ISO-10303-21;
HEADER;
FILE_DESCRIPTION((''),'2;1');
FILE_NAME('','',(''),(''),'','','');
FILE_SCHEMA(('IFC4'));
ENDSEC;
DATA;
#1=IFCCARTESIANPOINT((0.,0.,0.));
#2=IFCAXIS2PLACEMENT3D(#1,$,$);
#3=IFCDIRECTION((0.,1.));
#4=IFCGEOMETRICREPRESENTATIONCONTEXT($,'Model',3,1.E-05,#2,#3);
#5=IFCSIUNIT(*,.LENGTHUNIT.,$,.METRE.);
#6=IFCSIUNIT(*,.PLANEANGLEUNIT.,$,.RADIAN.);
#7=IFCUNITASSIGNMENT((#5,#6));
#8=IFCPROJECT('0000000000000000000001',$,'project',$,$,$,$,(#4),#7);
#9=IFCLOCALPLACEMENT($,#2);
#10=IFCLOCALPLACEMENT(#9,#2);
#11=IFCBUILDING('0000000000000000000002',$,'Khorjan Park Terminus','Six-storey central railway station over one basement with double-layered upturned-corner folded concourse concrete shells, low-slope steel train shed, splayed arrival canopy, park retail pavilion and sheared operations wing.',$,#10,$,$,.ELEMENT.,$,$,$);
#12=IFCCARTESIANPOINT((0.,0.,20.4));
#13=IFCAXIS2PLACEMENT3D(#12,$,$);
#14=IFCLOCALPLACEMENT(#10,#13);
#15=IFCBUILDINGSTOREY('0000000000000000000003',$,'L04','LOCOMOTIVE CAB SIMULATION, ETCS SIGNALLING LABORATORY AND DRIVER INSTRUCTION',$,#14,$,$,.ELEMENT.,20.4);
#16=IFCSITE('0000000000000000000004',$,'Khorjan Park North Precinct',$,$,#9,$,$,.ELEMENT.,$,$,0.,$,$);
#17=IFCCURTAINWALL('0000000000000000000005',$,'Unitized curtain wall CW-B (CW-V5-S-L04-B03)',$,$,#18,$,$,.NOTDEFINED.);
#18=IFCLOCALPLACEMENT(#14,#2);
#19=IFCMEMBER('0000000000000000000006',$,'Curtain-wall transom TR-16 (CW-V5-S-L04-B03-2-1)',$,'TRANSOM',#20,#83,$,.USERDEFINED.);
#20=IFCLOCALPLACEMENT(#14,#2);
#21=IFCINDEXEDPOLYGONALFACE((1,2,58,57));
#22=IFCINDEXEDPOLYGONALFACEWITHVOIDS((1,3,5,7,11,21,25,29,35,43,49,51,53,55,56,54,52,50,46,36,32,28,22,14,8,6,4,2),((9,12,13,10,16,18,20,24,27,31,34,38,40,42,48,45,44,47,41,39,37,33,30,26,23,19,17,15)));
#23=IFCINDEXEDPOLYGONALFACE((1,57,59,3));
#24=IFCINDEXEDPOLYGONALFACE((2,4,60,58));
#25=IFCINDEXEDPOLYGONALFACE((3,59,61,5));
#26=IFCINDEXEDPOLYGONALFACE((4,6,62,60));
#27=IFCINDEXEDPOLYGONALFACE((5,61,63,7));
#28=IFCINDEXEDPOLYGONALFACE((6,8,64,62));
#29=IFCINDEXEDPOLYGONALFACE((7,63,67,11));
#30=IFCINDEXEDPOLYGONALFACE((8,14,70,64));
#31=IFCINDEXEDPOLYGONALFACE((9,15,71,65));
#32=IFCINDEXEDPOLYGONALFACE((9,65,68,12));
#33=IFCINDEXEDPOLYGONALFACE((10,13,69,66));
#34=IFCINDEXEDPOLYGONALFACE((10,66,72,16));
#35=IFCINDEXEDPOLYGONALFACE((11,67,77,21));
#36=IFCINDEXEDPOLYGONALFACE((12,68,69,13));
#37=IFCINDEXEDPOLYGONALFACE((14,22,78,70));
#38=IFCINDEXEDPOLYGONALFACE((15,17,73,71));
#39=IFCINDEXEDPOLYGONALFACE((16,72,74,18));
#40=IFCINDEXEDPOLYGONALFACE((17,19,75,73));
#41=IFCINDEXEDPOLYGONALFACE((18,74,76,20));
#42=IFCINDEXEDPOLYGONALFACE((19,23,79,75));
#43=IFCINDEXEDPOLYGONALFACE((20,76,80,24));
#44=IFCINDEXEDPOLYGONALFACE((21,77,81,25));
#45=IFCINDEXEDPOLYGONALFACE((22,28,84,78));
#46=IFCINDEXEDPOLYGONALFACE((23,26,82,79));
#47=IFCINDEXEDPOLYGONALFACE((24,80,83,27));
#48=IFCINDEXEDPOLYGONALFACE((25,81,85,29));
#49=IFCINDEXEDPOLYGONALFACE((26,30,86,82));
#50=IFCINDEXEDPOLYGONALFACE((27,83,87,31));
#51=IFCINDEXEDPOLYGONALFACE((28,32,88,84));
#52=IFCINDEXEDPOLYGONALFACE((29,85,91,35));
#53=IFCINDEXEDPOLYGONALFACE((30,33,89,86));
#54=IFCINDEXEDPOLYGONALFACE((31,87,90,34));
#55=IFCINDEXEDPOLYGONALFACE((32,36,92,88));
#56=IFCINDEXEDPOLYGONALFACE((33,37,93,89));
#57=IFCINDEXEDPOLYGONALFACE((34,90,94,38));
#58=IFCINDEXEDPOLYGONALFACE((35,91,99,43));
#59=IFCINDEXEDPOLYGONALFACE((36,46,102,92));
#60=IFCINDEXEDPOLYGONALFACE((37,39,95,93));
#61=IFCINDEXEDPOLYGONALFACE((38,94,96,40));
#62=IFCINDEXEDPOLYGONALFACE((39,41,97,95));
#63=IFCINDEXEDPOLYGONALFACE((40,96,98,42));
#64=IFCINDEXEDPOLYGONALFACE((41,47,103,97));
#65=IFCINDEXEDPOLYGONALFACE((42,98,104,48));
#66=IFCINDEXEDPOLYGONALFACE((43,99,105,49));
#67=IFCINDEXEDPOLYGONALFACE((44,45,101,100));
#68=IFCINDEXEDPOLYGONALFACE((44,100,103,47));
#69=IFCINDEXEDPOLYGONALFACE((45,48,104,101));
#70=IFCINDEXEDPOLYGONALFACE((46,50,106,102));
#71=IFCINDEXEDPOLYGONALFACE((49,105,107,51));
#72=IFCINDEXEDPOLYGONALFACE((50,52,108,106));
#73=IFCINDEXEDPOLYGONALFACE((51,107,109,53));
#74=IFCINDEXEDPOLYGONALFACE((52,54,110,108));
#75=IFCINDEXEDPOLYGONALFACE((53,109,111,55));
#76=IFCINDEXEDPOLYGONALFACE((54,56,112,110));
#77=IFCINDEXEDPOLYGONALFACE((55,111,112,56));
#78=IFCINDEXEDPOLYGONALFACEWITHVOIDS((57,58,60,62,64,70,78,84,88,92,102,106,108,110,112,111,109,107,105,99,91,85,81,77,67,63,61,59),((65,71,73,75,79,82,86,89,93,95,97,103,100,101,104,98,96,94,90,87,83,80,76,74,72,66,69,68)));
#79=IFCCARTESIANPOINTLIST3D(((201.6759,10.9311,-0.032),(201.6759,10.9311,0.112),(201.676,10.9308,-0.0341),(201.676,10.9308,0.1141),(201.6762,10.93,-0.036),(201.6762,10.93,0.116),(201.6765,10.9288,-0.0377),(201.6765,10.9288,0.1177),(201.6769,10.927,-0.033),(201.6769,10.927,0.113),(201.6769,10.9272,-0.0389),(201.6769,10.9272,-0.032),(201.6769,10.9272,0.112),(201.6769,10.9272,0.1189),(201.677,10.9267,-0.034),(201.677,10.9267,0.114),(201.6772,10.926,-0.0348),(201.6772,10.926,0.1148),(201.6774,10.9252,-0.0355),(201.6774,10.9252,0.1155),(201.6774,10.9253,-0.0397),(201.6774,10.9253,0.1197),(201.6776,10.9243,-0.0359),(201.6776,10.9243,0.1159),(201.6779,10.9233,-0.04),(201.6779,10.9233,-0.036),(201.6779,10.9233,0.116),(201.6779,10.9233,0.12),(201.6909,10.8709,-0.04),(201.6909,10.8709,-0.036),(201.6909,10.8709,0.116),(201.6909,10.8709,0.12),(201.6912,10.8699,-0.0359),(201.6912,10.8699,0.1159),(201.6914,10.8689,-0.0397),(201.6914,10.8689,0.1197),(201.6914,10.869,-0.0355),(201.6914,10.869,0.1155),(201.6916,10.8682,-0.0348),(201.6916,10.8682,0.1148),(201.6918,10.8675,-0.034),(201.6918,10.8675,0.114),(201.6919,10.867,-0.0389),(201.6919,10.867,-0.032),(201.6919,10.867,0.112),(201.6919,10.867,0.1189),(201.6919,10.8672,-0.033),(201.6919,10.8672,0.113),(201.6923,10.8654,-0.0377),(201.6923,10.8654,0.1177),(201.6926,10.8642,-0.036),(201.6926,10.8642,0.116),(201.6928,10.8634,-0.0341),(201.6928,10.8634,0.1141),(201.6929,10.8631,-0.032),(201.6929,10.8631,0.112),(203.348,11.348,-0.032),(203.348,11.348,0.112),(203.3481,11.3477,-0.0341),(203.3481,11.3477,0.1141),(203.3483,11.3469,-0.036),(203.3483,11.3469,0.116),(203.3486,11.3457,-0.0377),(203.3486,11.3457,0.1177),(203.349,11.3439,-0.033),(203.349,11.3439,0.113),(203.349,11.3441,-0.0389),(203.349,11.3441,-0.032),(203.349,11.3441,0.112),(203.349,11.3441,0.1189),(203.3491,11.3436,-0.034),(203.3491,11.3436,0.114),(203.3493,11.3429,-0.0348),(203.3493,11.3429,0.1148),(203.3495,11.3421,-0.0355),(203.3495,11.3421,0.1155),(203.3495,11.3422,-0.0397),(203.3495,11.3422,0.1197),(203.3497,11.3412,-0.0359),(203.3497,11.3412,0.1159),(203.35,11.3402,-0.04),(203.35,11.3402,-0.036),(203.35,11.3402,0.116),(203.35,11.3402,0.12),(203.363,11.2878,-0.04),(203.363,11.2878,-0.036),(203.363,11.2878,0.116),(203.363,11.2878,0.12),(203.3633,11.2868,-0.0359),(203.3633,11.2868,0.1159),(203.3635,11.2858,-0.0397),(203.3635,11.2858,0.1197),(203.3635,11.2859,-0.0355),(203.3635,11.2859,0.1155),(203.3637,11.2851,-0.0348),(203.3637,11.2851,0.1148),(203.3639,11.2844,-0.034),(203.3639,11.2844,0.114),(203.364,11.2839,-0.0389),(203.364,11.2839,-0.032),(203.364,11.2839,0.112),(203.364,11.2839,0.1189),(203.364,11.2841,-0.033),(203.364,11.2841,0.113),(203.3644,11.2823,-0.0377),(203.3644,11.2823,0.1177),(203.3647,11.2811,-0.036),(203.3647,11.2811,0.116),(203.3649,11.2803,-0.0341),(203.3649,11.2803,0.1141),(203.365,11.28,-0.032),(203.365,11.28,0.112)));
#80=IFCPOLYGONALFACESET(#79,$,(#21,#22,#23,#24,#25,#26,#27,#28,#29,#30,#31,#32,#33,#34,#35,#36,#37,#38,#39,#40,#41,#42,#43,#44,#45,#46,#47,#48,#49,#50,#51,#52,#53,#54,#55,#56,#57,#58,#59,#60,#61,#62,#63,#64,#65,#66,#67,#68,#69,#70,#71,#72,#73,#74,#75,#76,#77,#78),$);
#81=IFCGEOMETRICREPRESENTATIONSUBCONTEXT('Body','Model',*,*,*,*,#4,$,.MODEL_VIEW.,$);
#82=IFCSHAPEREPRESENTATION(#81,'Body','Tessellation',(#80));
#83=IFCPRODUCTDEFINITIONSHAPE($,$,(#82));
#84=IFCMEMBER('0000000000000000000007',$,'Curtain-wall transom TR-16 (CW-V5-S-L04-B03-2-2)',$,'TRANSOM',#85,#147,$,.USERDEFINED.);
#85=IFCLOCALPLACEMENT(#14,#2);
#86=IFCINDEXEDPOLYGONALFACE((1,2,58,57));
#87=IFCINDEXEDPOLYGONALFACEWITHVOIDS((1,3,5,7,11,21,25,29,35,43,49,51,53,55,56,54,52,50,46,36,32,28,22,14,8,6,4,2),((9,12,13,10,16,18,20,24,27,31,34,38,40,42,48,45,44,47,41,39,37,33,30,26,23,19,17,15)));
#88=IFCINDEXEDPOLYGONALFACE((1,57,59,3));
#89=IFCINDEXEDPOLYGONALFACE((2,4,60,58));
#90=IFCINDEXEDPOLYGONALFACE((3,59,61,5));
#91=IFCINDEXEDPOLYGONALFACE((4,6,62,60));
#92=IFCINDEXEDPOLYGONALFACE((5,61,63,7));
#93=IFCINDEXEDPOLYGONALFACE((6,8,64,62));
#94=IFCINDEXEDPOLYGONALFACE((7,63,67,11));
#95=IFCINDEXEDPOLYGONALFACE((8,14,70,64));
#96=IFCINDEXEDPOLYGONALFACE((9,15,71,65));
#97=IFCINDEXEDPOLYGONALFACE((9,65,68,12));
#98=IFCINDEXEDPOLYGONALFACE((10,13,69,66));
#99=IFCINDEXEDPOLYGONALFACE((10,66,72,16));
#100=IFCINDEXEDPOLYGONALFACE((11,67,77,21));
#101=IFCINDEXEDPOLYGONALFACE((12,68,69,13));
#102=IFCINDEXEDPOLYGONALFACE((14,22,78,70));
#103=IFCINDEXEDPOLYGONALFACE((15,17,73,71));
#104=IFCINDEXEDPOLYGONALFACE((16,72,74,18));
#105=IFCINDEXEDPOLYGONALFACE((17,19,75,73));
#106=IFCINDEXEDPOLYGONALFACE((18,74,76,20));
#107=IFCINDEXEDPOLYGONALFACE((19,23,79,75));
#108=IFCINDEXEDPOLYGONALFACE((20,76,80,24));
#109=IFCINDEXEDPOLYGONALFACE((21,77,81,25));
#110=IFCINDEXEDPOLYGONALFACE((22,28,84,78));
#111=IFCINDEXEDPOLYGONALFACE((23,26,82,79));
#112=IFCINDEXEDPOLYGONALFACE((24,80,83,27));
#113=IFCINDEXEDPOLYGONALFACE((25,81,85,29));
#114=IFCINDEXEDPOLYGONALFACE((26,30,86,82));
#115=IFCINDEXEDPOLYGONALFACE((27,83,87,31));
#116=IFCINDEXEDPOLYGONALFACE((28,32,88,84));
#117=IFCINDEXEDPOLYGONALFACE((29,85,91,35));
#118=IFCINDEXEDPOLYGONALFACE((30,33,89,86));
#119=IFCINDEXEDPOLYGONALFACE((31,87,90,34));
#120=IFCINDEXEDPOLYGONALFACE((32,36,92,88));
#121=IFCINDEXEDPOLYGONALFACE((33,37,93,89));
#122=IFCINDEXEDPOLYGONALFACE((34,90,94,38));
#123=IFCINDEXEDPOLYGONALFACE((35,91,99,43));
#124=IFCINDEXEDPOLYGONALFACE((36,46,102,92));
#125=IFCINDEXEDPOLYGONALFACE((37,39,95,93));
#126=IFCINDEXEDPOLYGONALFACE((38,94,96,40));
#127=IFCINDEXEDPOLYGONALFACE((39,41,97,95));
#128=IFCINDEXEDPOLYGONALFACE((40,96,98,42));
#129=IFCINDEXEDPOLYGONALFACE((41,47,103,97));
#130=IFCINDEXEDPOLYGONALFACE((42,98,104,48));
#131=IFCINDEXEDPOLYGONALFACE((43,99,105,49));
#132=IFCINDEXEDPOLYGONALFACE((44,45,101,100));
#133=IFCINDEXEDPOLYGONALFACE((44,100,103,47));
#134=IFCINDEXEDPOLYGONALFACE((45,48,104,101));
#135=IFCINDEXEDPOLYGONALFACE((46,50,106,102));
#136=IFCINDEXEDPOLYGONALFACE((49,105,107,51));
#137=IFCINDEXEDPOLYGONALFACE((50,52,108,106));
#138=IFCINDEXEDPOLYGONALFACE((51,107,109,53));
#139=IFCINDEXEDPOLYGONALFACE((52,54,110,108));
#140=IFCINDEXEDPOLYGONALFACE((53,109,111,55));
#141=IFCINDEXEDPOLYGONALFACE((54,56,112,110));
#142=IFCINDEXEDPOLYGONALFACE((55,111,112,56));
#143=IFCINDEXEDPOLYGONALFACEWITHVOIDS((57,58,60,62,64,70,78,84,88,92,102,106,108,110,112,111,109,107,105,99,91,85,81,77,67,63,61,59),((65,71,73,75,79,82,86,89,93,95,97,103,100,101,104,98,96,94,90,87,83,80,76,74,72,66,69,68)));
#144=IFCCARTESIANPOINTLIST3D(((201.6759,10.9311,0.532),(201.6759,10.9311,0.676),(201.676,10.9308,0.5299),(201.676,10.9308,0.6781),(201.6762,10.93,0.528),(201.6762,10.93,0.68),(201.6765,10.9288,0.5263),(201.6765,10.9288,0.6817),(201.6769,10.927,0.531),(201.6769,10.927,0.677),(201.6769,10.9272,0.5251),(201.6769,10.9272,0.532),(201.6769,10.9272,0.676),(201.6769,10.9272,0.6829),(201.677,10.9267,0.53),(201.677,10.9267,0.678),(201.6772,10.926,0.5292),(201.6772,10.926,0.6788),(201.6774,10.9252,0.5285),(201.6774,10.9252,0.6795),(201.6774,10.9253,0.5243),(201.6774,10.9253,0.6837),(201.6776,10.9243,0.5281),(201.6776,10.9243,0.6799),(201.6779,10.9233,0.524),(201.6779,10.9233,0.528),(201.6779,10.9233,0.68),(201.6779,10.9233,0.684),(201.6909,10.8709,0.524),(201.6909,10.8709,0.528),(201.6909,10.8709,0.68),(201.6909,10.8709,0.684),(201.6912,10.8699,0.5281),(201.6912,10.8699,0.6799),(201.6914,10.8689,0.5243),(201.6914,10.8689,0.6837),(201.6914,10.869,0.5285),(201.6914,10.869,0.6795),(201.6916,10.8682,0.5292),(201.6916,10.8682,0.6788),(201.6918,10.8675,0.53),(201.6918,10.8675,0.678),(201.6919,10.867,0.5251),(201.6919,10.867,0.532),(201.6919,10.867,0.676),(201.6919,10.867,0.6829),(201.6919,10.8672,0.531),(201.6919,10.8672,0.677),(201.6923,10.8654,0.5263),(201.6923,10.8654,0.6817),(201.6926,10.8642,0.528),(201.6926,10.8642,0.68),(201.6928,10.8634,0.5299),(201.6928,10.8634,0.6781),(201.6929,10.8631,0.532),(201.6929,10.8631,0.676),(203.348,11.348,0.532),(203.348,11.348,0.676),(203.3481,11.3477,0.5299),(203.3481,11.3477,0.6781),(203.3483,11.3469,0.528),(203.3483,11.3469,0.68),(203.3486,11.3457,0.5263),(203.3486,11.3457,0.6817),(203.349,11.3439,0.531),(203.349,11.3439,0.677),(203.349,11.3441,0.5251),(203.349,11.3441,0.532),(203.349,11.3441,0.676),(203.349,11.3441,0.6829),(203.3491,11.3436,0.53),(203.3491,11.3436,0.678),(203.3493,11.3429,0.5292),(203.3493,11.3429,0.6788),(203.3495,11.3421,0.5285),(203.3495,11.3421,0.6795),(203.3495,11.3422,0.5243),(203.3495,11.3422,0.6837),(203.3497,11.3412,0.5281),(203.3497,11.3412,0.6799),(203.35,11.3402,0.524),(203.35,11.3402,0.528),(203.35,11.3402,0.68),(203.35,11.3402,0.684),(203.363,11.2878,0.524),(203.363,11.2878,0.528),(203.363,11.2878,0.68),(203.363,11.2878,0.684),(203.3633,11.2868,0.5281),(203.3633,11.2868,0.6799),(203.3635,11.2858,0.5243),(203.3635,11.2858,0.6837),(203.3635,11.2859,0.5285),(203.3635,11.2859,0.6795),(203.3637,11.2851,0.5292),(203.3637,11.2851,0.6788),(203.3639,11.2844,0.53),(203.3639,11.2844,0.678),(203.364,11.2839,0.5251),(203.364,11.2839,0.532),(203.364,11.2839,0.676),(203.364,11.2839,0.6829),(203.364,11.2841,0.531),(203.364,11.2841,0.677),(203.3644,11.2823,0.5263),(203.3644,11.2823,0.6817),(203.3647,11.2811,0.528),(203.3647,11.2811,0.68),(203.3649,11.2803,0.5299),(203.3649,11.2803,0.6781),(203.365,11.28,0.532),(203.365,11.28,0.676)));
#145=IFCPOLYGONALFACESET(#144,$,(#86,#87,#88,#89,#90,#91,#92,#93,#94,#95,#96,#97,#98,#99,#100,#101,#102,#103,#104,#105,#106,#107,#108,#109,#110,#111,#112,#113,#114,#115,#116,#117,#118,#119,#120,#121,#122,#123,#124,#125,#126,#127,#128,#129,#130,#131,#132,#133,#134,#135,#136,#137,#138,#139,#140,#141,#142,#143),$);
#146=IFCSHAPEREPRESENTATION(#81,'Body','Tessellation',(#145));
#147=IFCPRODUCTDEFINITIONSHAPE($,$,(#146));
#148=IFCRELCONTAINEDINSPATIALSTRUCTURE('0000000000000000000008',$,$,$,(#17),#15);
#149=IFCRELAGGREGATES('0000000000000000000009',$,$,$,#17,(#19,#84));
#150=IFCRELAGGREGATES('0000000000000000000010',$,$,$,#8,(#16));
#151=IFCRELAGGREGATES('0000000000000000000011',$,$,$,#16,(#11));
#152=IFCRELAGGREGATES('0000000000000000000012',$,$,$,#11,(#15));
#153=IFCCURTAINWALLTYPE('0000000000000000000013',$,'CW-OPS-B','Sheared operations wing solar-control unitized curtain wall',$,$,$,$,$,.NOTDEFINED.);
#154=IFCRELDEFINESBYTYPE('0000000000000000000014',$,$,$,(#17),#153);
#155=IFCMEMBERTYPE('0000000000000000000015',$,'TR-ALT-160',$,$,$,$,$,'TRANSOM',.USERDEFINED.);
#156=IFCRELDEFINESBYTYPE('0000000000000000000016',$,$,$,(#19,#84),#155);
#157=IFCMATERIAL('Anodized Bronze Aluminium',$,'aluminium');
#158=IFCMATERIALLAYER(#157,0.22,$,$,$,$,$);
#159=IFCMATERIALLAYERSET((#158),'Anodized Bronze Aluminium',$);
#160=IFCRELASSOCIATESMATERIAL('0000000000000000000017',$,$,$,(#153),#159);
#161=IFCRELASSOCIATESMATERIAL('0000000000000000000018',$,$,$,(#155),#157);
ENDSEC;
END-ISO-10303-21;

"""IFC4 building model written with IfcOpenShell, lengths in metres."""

from ifc_helpers import new_model, si_unit, direction, frame, origin, origin_2d, place, context, subcontext, project, spatial, hollow_rectangle, extrude, material, layer, layer_set, material_profile, profile_set, type_object, element, aggregate, save


model = new_model("IFC4")

# Units and contexts
model_context = context("Model", 3, precision=1e-05, world=origin(), true_north=direction((0.0, 1.0)))
body_context = subcontext(model_context, "Body", "Model", "MODEL_VIEW")
ifc_project = project(units=[si_unit("LENGTHUNIT", "METRE"), si_unit("PLANEANGLEUNIT", "RADIAN")], contexts=[model_context])

# Site, building, storey
site_placement = place(None, origin())
site = spatial("IfcSite", under=ifc_project, at=site_placement, Name="Khorjan Park North Precinct", CompositionType="ELEMENT", RefElevation=0.0)
building_placement = place(site_placement, origin())
building = spatial("IfcBuilding", under=site, at=building_placement, Name="Khorjan Park Terminus", Description="Six-storey central railway station over one basement with double-layered upturned-corner folded concourse concrete shells, low-slope steel train shed, splayed arrival canopy, park retail pavilion and sheared operations wing.", CompositionType="ELEMENT")
storey_placement = place(building_placement, frame((0.0, 0.0, 20.4)))
storey = spatial("IfcBuildingStorey", under=building, at=storey_placement, Name="L04", Description="LOCOMOTIVE CAB SIMULATION, ETCS SIGNALLING LABORATORY AND DRIVER INSTRUCTION", CompositionType="ELEMENT", Elevation=20.4)

# Curtain wall, members
ifc_material_1 = material(Name="Anodized Bronze Aluminium", Category="aluminium")
ifc_layer_1 = layer(ifc_material_1, 0.22)
ifc_layer_set_1 = layer_set([ifc_layer_1], Name="Anodized Bronze Aluminium")
curtain_wall_type = type_object("IfcCurtainWallType", Name="CW-OPS-B", Description="Sheared operations wing solar-control unitized curtain wall", PredefinedType="NOTDEFINED", material=ifc_layer_set_1)
curtain_wall_placement = place(storey_placement, origin())
curtain_wall = element("IfcCurtainWall", 1, at=curtain_wall_placement, inside=storey, type_object=curtain_wall_type, Name="Unitized curtain wall CW-B (CW-V5-S-L04-B03)", PredefinedType="NOTDEFINED")
ifc_material_profile_1 = material_profile(ifc_material_1, hollow_rectangle(XDim=0.07, YDim=0.16, WallThickness=0.004, InnerFilletRadius=0.004, OuterFilletRadius=0.008, at=origin_2d()), Name="ALT 70x160x4")
ifc_profile_set_1 = profile_set([ifc_material_profile_1], Name="Anodized Bronze Aluminium")
member_type_1 = type_object("IfcMemberType", Name="TR-ALT-160", ElementType="TRANSOM", PredefinedType="USERDEFINED", material=ifc_profile_set_1)
member_1_placement = place(storey_placement, frame((201.6844, 10.8971, 0.04), z_axis=(0.970296, 0.241921, 0.0), x_axis=(-0.241921, 0.970296, 0.0)))
member_1 = element("IfcMember", 2, at=member_1_placement, type_object=member_type_1, Name="Curtain-wall transom TR-16 (CW-V5-S-L04-B03-2-1)", ObjectType="TRANSOM", PredefinedType="USERDEFINED", context=body_context, shape_type="SweptSolid", body=[
    extrude(hollow_rectangle(XDim=0.07, YDim=0.16, WallThickness=0.004, InnerFilletRadius=0.004, OuterFilletRadius=0.008, at=origin_2d()), origin(), (0.0, 0.0, 1.0), 1.7233),
])
member_2_placement = place(storey_placement, frame((201.6844, 10.8971, 0.604), z_axis=(0.970296, 0.241921, 0.0), x_axis=(-0.241921, 0.970296, 0.0)))
member_2 = element("IfcMember", 3, at=member_2_placement, type_object=member_type_1, Name="Curtain-wall transom TR-16 (CW-V5-S-L04-B03-2-2)", ObjectType="TRANSOM", PredefinedType="USERDEFINED", context=body_context, shape_type="SweptSolid", body=[
    extrude(hollow_rectangle(XDim=0.07, YDim=0.16, WallThickness=0.004, InnerFilletRadius=0.004, OuterFilletRadius=0.008, at=origin_2d()), origin(), (0.0, 0.0, 1.0), 1.7233),
])
aggregate(curtain_wall, [member_1, member_2])

save(model, "model.ifc")
